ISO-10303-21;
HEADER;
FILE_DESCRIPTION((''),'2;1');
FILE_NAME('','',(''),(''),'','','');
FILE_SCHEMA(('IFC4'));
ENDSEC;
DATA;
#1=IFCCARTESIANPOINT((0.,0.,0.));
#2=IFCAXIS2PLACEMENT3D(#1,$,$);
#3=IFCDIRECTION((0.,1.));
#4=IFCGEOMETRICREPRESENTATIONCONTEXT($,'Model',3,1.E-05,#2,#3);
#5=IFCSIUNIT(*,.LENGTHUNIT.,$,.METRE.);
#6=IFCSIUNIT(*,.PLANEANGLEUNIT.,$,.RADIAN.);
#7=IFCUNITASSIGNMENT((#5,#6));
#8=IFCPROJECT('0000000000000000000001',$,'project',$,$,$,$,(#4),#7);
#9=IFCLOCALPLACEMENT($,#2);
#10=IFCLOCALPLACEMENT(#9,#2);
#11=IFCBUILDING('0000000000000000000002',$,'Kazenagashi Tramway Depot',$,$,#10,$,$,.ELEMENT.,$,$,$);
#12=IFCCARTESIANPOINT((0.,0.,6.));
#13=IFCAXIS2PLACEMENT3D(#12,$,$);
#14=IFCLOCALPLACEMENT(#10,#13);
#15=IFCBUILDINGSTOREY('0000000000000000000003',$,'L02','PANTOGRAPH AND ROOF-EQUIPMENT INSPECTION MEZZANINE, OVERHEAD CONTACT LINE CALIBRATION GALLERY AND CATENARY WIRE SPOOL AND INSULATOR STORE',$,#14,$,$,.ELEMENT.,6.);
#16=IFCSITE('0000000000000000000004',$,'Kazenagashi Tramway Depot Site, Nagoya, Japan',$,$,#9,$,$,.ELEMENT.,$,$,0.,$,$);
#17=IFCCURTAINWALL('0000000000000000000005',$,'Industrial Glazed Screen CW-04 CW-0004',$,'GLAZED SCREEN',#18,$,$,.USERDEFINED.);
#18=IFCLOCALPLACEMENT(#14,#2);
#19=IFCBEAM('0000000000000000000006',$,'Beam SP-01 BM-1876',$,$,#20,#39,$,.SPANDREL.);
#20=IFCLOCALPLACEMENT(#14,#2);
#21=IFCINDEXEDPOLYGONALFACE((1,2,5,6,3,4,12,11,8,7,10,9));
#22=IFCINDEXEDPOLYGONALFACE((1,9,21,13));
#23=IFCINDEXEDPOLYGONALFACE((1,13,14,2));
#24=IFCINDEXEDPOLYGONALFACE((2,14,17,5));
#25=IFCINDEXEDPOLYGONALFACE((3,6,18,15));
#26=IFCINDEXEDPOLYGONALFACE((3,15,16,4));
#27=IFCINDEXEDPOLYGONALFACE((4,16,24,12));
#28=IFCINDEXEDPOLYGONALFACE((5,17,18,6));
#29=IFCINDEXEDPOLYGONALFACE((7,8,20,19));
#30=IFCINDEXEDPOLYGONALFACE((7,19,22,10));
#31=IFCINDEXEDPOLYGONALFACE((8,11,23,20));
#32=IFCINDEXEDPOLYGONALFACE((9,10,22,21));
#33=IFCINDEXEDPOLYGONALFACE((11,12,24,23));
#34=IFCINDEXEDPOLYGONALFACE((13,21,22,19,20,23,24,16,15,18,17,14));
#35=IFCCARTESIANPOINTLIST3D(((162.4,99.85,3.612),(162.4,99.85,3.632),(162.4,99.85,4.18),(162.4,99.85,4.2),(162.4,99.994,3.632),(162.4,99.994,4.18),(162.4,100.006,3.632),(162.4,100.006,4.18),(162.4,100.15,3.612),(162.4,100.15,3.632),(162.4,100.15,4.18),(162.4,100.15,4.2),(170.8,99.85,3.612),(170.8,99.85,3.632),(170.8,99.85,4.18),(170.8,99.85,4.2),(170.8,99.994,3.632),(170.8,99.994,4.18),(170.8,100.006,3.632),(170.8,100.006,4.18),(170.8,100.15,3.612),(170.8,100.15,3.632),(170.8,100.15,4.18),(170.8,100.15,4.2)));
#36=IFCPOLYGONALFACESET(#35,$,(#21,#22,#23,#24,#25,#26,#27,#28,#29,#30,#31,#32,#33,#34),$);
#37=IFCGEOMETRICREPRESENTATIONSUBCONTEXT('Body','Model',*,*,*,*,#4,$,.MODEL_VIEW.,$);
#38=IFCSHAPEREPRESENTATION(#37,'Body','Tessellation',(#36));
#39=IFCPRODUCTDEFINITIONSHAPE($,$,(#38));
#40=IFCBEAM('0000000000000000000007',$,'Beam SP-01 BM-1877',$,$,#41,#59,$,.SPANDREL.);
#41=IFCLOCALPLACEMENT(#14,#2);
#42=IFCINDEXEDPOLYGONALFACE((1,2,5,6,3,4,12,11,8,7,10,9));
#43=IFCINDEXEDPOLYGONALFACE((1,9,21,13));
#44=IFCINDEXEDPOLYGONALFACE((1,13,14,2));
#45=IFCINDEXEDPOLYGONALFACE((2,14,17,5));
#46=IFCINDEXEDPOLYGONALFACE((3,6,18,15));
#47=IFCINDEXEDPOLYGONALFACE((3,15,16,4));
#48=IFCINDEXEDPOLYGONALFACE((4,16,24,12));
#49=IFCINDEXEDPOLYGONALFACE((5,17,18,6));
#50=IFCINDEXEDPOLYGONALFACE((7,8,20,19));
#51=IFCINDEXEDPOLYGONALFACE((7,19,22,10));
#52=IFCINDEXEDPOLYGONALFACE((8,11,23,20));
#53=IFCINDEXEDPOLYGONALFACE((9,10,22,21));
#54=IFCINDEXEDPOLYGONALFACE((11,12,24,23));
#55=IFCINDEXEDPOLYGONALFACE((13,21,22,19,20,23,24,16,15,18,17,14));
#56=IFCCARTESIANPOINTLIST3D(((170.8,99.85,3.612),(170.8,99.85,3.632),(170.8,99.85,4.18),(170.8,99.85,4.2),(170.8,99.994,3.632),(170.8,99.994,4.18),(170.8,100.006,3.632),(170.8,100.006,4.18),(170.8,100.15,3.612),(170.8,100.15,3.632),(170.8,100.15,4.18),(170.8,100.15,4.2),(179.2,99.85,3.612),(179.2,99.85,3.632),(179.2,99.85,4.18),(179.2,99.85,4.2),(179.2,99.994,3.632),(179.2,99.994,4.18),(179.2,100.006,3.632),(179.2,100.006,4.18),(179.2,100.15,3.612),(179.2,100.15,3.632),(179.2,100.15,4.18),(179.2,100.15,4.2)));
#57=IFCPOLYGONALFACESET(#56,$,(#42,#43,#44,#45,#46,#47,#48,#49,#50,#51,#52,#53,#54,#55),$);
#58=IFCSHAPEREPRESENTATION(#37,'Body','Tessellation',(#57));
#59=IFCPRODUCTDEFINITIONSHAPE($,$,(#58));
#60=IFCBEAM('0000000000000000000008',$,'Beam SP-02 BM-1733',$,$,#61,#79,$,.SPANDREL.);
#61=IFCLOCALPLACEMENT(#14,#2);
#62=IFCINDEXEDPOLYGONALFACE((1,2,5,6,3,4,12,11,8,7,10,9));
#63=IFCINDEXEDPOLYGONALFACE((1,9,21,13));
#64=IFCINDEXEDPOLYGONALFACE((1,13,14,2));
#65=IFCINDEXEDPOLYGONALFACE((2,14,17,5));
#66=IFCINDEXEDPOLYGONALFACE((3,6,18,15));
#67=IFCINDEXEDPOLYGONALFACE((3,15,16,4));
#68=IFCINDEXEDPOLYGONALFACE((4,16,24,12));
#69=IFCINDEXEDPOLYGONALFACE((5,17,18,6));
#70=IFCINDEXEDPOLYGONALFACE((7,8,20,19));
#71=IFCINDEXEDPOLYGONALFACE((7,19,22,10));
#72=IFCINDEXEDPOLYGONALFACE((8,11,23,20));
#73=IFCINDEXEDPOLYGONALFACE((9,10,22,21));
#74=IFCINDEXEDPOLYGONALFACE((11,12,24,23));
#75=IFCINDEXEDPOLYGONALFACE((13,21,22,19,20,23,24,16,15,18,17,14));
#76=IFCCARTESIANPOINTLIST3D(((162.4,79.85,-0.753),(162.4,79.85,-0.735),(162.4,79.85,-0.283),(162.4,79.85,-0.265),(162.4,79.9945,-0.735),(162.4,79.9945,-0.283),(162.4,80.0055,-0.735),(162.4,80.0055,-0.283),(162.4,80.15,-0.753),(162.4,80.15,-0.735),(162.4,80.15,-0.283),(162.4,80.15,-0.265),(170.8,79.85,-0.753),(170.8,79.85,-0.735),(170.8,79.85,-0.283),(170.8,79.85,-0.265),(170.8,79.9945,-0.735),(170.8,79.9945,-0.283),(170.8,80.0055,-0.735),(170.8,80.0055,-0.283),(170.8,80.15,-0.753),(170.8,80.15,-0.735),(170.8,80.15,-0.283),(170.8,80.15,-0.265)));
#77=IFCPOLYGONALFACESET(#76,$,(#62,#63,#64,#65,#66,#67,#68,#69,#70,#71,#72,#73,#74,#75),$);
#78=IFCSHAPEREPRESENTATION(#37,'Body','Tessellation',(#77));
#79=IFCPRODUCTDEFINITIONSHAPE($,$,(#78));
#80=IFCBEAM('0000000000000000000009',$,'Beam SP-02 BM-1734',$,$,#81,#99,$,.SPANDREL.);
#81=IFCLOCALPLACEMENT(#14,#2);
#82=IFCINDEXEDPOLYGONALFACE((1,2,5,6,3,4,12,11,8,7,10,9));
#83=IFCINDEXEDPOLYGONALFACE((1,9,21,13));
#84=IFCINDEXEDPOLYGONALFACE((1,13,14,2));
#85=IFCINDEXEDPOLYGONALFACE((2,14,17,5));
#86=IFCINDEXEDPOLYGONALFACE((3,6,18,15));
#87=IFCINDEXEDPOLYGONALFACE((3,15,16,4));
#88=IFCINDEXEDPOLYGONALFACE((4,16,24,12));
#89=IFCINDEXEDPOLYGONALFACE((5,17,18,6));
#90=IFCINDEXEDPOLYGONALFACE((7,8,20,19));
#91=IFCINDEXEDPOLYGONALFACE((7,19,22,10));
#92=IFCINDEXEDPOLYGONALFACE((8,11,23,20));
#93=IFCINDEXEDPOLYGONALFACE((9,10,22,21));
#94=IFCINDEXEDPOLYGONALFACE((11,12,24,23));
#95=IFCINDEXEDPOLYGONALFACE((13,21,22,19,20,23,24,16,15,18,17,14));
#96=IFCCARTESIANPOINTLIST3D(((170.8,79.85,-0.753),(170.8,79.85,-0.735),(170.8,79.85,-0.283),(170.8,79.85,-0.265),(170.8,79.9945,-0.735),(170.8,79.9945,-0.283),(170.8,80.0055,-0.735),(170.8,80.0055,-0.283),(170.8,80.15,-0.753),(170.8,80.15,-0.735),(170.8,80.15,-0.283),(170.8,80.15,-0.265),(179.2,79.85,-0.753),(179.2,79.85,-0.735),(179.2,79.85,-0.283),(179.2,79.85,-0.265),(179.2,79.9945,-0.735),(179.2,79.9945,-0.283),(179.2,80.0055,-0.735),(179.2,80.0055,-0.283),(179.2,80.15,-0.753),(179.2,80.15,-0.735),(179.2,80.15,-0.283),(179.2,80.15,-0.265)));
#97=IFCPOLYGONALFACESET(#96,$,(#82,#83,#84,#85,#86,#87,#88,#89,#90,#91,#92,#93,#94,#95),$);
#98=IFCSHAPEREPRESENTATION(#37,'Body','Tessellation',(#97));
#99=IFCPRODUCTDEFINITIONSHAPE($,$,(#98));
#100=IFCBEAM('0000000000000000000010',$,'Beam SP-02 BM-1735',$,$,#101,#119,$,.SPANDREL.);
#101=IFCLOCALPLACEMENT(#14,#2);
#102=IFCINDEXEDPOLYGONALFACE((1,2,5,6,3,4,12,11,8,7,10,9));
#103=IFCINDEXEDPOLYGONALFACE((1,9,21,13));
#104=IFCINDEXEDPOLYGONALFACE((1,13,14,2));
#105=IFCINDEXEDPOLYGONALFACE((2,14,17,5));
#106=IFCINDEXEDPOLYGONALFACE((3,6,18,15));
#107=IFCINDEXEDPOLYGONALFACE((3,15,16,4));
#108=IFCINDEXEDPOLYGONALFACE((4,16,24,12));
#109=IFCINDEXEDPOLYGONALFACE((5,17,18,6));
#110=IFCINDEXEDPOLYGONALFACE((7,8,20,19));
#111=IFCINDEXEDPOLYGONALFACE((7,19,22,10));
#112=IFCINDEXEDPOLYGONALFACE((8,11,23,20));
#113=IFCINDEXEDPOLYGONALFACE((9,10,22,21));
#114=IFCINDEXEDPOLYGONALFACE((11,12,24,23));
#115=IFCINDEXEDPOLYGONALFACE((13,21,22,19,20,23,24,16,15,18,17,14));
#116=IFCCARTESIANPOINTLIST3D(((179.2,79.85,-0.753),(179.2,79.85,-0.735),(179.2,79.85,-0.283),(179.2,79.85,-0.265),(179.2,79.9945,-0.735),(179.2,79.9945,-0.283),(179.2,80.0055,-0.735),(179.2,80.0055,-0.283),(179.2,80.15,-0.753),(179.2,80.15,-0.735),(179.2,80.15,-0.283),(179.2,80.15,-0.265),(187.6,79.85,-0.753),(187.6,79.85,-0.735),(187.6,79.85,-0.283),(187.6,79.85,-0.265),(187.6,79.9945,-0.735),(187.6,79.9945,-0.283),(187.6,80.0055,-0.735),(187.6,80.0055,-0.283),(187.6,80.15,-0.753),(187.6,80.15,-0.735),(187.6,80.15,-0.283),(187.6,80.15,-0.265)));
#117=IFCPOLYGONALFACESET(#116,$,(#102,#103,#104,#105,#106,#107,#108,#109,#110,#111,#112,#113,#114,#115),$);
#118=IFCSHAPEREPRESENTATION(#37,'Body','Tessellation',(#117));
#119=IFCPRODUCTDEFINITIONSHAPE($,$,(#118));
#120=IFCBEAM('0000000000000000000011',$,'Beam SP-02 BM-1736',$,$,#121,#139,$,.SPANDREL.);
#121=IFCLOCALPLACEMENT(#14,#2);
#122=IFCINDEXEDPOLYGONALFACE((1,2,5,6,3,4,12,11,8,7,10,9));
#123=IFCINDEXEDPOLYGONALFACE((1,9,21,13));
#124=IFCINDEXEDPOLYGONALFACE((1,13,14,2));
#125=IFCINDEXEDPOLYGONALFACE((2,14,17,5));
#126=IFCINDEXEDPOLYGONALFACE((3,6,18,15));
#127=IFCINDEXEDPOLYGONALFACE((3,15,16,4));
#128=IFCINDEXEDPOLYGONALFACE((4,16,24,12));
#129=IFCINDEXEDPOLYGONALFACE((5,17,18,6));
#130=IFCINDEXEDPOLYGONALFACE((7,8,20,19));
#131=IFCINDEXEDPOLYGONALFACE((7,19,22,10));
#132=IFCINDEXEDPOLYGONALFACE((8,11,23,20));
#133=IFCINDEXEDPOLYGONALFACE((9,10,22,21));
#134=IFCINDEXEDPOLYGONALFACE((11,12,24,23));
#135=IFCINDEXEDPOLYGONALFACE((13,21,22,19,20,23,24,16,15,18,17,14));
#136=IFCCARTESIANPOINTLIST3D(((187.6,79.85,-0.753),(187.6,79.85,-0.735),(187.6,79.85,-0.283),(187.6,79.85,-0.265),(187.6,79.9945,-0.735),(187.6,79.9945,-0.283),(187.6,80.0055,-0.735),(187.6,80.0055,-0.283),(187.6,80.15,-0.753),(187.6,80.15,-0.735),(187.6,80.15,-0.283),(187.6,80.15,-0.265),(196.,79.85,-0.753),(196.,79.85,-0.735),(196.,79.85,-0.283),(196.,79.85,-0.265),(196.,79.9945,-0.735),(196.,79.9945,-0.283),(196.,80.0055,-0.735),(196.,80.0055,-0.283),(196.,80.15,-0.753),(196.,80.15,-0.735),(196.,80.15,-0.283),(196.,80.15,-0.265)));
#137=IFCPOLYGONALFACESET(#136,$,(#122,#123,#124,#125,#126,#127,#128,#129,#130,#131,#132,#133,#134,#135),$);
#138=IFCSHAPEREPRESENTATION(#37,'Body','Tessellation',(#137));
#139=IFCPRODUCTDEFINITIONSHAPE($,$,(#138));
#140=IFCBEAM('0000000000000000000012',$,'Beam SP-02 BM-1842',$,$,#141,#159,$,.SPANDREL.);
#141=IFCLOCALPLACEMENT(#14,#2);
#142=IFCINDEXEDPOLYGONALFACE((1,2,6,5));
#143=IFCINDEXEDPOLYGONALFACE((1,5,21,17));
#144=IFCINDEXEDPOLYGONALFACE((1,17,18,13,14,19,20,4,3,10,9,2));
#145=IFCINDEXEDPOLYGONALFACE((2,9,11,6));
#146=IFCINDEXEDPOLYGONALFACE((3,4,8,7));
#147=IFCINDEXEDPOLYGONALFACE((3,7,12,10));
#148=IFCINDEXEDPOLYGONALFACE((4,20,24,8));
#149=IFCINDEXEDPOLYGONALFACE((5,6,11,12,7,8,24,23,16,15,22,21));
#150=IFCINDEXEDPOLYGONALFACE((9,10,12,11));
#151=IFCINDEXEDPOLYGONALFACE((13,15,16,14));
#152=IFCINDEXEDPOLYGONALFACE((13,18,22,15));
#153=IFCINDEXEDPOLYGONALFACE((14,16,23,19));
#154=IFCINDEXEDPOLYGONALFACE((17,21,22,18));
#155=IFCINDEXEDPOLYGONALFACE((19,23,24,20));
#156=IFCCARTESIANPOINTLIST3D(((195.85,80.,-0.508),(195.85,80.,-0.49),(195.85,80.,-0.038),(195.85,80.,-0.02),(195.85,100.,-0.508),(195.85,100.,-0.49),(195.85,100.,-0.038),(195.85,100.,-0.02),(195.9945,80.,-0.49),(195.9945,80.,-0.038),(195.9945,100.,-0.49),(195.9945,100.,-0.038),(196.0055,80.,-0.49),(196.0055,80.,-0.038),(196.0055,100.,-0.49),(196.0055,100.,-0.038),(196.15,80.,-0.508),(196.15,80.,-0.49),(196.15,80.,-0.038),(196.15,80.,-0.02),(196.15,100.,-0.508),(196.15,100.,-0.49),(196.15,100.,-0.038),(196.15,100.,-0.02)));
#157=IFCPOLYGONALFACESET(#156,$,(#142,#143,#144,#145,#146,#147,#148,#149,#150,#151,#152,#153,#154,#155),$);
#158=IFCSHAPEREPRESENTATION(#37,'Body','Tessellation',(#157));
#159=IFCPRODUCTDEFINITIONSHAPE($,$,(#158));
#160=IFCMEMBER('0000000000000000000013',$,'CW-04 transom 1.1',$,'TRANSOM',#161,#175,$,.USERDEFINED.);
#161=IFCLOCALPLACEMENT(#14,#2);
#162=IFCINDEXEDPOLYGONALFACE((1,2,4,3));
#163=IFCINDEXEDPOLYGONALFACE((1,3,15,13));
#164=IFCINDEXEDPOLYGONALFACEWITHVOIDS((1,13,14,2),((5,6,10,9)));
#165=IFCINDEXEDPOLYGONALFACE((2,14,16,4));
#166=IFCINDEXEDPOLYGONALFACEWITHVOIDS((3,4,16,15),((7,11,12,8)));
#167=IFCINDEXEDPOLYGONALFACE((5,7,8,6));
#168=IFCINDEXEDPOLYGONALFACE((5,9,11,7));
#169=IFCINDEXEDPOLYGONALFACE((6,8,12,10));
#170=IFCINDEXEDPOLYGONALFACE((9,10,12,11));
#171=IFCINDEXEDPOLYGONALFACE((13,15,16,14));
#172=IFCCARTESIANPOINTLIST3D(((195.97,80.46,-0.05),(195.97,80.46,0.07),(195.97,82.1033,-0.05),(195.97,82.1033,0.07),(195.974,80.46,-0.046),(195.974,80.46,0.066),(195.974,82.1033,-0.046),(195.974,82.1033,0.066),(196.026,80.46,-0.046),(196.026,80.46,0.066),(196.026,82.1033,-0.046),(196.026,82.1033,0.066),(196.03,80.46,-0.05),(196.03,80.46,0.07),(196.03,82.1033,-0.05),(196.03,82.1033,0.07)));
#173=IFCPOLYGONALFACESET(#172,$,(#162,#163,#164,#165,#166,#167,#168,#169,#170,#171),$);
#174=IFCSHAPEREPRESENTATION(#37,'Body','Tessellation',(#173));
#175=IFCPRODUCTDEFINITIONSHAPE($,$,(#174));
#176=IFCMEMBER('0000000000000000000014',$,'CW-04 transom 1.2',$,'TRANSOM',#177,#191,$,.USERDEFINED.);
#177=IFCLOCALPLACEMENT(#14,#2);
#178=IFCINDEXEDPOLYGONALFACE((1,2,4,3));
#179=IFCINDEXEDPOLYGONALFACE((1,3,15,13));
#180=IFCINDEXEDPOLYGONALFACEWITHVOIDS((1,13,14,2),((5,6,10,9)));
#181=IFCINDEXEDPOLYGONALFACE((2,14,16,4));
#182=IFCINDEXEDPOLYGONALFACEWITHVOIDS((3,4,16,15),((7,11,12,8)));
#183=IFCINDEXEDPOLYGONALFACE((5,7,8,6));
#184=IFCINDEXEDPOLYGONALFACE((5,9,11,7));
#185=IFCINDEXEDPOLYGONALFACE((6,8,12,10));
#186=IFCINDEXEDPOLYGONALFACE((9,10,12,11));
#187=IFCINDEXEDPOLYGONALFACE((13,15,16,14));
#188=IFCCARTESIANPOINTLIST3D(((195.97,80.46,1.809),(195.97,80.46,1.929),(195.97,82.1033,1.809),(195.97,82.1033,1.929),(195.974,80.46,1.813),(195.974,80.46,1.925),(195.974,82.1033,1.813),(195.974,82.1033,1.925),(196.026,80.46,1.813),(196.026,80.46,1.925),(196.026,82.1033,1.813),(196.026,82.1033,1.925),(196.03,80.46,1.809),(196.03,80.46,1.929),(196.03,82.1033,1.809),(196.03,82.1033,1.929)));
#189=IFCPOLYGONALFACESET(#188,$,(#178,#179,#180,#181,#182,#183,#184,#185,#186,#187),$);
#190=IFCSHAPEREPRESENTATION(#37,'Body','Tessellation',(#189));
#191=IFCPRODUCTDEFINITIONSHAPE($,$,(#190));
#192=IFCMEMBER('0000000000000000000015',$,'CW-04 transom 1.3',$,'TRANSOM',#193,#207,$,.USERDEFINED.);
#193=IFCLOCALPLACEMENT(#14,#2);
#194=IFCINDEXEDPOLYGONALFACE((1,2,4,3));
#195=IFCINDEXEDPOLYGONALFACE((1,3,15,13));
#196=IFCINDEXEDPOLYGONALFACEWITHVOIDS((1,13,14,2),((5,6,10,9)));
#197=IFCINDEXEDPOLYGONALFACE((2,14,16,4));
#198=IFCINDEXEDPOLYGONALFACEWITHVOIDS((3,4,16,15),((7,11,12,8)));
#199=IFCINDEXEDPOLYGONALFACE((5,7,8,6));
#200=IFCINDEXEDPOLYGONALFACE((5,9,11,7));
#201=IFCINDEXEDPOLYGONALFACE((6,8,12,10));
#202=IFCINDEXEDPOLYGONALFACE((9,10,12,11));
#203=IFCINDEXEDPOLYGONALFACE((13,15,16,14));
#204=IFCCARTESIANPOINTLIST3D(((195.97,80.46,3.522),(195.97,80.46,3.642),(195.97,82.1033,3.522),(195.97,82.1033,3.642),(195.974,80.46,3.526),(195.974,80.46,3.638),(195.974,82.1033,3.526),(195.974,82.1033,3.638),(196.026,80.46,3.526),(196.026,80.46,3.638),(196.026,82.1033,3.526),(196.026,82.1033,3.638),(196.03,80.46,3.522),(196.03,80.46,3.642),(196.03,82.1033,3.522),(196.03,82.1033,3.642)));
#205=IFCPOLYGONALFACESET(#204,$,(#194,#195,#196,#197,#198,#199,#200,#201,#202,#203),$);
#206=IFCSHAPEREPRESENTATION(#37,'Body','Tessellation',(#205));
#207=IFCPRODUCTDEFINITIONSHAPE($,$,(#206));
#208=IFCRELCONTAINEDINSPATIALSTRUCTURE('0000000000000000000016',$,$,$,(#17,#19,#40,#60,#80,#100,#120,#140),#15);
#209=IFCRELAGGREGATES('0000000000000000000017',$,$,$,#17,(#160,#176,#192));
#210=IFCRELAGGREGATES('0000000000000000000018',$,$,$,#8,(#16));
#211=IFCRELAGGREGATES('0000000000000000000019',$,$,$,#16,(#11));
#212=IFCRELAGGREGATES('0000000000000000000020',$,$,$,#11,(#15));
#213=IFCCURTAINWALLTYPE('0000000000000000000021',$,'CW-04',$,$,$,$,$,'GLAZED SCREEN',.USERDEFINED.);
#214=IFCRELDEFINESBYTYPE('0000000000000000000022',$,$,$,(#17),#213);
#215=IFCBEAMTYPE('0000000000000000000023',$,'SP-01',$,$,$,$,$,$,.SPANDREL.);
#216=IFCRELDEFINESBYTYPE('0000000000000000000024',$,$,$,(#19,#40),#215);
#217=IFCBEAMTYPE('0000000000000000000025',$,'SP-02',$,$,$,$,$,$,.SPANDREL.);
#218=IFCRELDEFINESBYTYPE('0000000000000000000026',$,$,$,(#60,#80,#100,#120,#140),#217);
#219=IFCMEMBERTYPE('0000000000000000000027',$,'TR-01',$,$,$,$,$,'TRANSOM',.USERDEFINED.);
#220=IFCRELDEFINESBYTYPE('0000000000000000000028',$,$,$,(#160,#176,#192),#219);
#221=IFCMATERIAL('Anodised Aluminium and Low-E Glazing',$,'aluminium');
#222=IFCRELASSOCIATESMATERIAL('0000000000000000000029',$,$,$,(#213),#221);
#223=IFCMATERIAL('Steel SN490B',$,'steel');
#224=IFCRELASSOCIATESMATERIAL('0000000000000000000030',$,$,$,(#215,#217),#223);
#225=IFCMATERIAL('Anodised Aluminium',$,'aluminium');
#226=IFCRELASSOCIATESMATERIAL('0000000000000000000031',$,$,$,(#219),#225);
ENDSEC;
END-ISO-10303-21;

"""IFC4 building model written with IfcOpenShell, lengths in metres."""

from ifc_helpers import new_model, si_unit, direction, frame, origin, origin_2d, place, context, subcontext, project, spatial, hollow_rectangle, i_section, extrude, material, material_profile, profile_set, type_object, element, aggregate, save


model = new_model("IFC4")

# Units and contexts
model_context = context("Model", 3, precision=1e-05, world=origin(), true_north=direction((0.0, 1.0)))
body_context = subcontext(model_context, "Body", "Model", "MODEL_VIEW")
ifc_project = project(units=[si_unit("LENGTHUNIT", "METRE"), si_unit("PLANEANGLEUNIT", "RADIAN")], contexts=[model_context])

# Site, building, storey
site_placement = place(None, origin())
site = spatial("IfcSite", under=ifc_project, at=site_placement, Name="Kazenagashi Tramway Depot Site, Nagoya, Japan", CompositionType="ELEMENT", RefElevation=0.0)
building_placement = place(site_placement, origin())
building = spatial("IfcBuilding", under=site, at=building_placement, Name="Kazenagashi Tramway Depot", CompositionType="ELEMENT")
storey_placement = place(building_placement, frame((0.0, 0.0, 6.0)))
storey = spatial("IfcBuildingStorey", under=building, at=storey_placement, Name="L02", Description="PANTOGRAPH AND ROOF-EQUIPMENT INSPECTION MEZZANINE, OVERHEAD CONTACT LINE CALIBRATION GALLERY AND CATENARY WIRE SPOOL AND INSULATOR STORE", CompositionType="ELEMENT", Elevation=6.0)

# Curtain wall
ifc_material_1 = material(Name="Anodised Aluminium and Low-E Glazing", Category="aluminium")
curtain_wall_type_1 = type_object("IfcCurtainWallType", Name="CW-04", ElementType="GLAZED SCREEN", PredefinedType="USERDEFINED", material=ifc_material_1)
curtain_wall_1_placement = place(storey_placement, origin())
curtain_wall_1 = element("IfcCurtainWall", 1, at=curtain_wall_1_placement, inside=storey, type_object=curtain_wall_type_1, Name="Industrial Glazed Screen CW-04 CW-0004", ObjectType="GLAZED SCREEN", PredefinedType="USERDEFINED")
ifc_material_2 = material(Name="Anodised Aluminium", Category="aluminium")

# Beams
ifc_material_3 = material(Name="Steel SN490B", Category="steel")
ifc_material_profile_1 = material_profile(ifc_material_3, i_section(OverallWidth=0.3, OverallDepth=0.588, WebThickness=0.012, FlangeThickness=0.02, at=origin_2d()), Name="H-588x300x12x20")
ifc_profile_set_1 = profile_set([ifc_material_profile_1], Name="Steel SN490B")
beam_type_1 = type_object("IfcBeamType", Name="SP-01", PredefinedType="SPANDREL", material=ifc_profile_set_1)
for number, where, z_axis, x_axis, name in (
    (2, (162.4, 100.0, 3.906), (1.0, 0.0, 0.0), (0.0, 1.0, 0.0), "Beam SP-01 BM-1876"),
    (3, (170.8, 100.0, 3.906), (1.0, 0.0, 0.0), (0.0, 1.0, 0.0), "Beam SP-01 BM-1877"),
):
    element("IfcBeam", number, at=place(storey_placement, frame(where, z_axis=z_axis, x_axis=x_axis)), inside=storey, type_object=beam_type_1, Name=name, PredefinedType="SPANDREL", context=body_context, shape_type="SweptSolid", body=[
        extrude(i_section(OverallWidth=0.3, OverallDepth=0.588, WebThickness=0.012, FlangeThickness=0.02, at=origin_2d()), origin(), (0.0, 0.0, 1.0), 8.4),
    ])
ifc_material_profile_2 = material_profile(ifc_material_3, i_section(OverallWidth=0.3, OverallDepth=0.488, WebThickness=0.011, FlangeThickness=0.018, at=origin_2d()), Name="H-488x300x11x18")
ifc_profile_set_2 = profile_set([ifc_material_profile_2], Name="Steel SN490B")
beam_type_2 = type_object("IfcBeamType", Name="SP-02", PredefinedType="SPANDREL", material=ifc_profile_set_2)
for number, where, z_axis, x_axis, name in (
    (4, (162.4, 80.0, -0.509), (1.0, 0.0, 0.0), (0.0, 1.0, 0.0), "Beam SP-02 BM-1733"),
    (5, (170.8, 80.0, -0.509), (1.0, 0.0, 0.0), (0.0, 1.0, 0.0), "Beam SP-02 BM-1734"),
    (6, (179.2, 80.0, -0.509), (1.0, 0.0, 0.0), (0.0, 1.0, 0.0), "Beam SP-02 BM-1735"),
    (7, (187.6, 80.0, -0.509), (1.0, 0.0, 0.0), (0.0, 1.0, 0.0), "Beam SP-02 BM-1736"),
):
    element("IfcBeam", number, at=place(storey_placement, frame(where, z_axis=z_axis, x_axis=x_axis)), inside=storey, type_object=beam_type_2, Name=name, PredefinedType="SPANDREL", context=body_context, shape_type="SweptSolid", body=[
        extrude(i_section(OverallWidth=0.3, OverallDepth=0.488, WebThickness=0.011, FlangeThickness=0.018, at=origin_2d()), origin(), (0.0, 0.0, 1.0), 8.4),
    ])
beam_placement = place(storey_placement, frame((196.0, 80.0, -0.264), z_axis=(0.0, 1.0, 0.0), x_axis=(-1.0, 0.0, 0.0)))
element("IfcBeam", 8, at=beam_placement, inside=storey, type_object=beam_type_2, Name="Beam SP-02 BM-1842", PredefinedType="SPANDREL", context=body_context, shape_type="SweptSolid", body=[
    extrude(i_section(OverallWidth=0.3, OverallDepth=0.488, WebThickness=0.011, FlangeThickness=0.018, at=origin_2d()), origin(), (0.0, 0.0, 1.0), 20.0),
])

# Members
ifc_material_profile_3 = material_profile(ifc_material_2, hollow_rectangle(XDim=0.06, YDim=0.12, WallThickness=0.004, at=origin_2d()), Name="RHS-120x60x4")
ifc_profile_set_3 = profile_set([ifc_material_profile_3], Name="Anodised Aluminium")
member_type_1 = type_object("IfcMemberType", Name="TR-01", ElementType="TRANSOM", PredefinedType="USERDEFINED", material=ifc_profile_set_3)
member_1_placement = place(storey_placement, frame((196.0, 80.46, 0.01), z_axis=(0.0, 1.0, 0.0), x_axis=(-1.0, 0.0, 0.0)))
member_1 = element("IfcMember", 9, at=member_1_placement, type_object=member_type_1, Name="CW-04 transom 1.1", ObjectType="TRANSOM", PredefinedType="USERDEFINED", context=body_context, shape_type="SweptSolid", body=[
    extrude(hollow_rectangle(XDim=0.06, YDim=0.12, WallThickness=0.004, at=origin_2d()), origin(), (0.0, 0.0, 1.0), 1.6433),
])
member_2_placement = place(storey_placement, frame((196.0, 80.46, 1.869), z_axis=(0.0, 1.0, 0.0), x_axis=(-1.0, 0.0, 0.0)))
member_2 = element("IfcMember", 10, at=member_2_placement, type_object=member_type_1, Name="CW-04 transom 1.2", ObjectType="TRANSOM", PredefinedType="USERDEFINED", context=body_context, shape_type="SweptSolid", body=[
    extrude(hollow_rectangle(XDim=0.06, YDim=0.12, WallThickness=0.004, at=origin_2d()), origin(), (0.0, 0.0, 1.0), 1.6433),
])
member_3_placement = place(storey_placement, frame((196.0, 80.46, 3.582), z_axis=(0.0, 1.0, 0.0), x_axis=(-1.0, 0.0, 0.0)))
member_3 = element("IfcMember", 11, at=member_3_placement, type_object=member_type_1, Name="CW-04 transom 1.3", ObjectType="TRANSOM", PredefinedType="USERDEFINED", context=body_context, shape_type="SweptSolid", body=[
    extrude(hollow_rectangle(XDim=0.06, YDim=0.12, WallThickness=0.004, at=origin_2d()), origin(), (0.0, 0.0, 1.0), 1.6433),
])

aggregate(curtain_wall_1, [member_1, member_2, member_3])

save(model, "model.ifc")
